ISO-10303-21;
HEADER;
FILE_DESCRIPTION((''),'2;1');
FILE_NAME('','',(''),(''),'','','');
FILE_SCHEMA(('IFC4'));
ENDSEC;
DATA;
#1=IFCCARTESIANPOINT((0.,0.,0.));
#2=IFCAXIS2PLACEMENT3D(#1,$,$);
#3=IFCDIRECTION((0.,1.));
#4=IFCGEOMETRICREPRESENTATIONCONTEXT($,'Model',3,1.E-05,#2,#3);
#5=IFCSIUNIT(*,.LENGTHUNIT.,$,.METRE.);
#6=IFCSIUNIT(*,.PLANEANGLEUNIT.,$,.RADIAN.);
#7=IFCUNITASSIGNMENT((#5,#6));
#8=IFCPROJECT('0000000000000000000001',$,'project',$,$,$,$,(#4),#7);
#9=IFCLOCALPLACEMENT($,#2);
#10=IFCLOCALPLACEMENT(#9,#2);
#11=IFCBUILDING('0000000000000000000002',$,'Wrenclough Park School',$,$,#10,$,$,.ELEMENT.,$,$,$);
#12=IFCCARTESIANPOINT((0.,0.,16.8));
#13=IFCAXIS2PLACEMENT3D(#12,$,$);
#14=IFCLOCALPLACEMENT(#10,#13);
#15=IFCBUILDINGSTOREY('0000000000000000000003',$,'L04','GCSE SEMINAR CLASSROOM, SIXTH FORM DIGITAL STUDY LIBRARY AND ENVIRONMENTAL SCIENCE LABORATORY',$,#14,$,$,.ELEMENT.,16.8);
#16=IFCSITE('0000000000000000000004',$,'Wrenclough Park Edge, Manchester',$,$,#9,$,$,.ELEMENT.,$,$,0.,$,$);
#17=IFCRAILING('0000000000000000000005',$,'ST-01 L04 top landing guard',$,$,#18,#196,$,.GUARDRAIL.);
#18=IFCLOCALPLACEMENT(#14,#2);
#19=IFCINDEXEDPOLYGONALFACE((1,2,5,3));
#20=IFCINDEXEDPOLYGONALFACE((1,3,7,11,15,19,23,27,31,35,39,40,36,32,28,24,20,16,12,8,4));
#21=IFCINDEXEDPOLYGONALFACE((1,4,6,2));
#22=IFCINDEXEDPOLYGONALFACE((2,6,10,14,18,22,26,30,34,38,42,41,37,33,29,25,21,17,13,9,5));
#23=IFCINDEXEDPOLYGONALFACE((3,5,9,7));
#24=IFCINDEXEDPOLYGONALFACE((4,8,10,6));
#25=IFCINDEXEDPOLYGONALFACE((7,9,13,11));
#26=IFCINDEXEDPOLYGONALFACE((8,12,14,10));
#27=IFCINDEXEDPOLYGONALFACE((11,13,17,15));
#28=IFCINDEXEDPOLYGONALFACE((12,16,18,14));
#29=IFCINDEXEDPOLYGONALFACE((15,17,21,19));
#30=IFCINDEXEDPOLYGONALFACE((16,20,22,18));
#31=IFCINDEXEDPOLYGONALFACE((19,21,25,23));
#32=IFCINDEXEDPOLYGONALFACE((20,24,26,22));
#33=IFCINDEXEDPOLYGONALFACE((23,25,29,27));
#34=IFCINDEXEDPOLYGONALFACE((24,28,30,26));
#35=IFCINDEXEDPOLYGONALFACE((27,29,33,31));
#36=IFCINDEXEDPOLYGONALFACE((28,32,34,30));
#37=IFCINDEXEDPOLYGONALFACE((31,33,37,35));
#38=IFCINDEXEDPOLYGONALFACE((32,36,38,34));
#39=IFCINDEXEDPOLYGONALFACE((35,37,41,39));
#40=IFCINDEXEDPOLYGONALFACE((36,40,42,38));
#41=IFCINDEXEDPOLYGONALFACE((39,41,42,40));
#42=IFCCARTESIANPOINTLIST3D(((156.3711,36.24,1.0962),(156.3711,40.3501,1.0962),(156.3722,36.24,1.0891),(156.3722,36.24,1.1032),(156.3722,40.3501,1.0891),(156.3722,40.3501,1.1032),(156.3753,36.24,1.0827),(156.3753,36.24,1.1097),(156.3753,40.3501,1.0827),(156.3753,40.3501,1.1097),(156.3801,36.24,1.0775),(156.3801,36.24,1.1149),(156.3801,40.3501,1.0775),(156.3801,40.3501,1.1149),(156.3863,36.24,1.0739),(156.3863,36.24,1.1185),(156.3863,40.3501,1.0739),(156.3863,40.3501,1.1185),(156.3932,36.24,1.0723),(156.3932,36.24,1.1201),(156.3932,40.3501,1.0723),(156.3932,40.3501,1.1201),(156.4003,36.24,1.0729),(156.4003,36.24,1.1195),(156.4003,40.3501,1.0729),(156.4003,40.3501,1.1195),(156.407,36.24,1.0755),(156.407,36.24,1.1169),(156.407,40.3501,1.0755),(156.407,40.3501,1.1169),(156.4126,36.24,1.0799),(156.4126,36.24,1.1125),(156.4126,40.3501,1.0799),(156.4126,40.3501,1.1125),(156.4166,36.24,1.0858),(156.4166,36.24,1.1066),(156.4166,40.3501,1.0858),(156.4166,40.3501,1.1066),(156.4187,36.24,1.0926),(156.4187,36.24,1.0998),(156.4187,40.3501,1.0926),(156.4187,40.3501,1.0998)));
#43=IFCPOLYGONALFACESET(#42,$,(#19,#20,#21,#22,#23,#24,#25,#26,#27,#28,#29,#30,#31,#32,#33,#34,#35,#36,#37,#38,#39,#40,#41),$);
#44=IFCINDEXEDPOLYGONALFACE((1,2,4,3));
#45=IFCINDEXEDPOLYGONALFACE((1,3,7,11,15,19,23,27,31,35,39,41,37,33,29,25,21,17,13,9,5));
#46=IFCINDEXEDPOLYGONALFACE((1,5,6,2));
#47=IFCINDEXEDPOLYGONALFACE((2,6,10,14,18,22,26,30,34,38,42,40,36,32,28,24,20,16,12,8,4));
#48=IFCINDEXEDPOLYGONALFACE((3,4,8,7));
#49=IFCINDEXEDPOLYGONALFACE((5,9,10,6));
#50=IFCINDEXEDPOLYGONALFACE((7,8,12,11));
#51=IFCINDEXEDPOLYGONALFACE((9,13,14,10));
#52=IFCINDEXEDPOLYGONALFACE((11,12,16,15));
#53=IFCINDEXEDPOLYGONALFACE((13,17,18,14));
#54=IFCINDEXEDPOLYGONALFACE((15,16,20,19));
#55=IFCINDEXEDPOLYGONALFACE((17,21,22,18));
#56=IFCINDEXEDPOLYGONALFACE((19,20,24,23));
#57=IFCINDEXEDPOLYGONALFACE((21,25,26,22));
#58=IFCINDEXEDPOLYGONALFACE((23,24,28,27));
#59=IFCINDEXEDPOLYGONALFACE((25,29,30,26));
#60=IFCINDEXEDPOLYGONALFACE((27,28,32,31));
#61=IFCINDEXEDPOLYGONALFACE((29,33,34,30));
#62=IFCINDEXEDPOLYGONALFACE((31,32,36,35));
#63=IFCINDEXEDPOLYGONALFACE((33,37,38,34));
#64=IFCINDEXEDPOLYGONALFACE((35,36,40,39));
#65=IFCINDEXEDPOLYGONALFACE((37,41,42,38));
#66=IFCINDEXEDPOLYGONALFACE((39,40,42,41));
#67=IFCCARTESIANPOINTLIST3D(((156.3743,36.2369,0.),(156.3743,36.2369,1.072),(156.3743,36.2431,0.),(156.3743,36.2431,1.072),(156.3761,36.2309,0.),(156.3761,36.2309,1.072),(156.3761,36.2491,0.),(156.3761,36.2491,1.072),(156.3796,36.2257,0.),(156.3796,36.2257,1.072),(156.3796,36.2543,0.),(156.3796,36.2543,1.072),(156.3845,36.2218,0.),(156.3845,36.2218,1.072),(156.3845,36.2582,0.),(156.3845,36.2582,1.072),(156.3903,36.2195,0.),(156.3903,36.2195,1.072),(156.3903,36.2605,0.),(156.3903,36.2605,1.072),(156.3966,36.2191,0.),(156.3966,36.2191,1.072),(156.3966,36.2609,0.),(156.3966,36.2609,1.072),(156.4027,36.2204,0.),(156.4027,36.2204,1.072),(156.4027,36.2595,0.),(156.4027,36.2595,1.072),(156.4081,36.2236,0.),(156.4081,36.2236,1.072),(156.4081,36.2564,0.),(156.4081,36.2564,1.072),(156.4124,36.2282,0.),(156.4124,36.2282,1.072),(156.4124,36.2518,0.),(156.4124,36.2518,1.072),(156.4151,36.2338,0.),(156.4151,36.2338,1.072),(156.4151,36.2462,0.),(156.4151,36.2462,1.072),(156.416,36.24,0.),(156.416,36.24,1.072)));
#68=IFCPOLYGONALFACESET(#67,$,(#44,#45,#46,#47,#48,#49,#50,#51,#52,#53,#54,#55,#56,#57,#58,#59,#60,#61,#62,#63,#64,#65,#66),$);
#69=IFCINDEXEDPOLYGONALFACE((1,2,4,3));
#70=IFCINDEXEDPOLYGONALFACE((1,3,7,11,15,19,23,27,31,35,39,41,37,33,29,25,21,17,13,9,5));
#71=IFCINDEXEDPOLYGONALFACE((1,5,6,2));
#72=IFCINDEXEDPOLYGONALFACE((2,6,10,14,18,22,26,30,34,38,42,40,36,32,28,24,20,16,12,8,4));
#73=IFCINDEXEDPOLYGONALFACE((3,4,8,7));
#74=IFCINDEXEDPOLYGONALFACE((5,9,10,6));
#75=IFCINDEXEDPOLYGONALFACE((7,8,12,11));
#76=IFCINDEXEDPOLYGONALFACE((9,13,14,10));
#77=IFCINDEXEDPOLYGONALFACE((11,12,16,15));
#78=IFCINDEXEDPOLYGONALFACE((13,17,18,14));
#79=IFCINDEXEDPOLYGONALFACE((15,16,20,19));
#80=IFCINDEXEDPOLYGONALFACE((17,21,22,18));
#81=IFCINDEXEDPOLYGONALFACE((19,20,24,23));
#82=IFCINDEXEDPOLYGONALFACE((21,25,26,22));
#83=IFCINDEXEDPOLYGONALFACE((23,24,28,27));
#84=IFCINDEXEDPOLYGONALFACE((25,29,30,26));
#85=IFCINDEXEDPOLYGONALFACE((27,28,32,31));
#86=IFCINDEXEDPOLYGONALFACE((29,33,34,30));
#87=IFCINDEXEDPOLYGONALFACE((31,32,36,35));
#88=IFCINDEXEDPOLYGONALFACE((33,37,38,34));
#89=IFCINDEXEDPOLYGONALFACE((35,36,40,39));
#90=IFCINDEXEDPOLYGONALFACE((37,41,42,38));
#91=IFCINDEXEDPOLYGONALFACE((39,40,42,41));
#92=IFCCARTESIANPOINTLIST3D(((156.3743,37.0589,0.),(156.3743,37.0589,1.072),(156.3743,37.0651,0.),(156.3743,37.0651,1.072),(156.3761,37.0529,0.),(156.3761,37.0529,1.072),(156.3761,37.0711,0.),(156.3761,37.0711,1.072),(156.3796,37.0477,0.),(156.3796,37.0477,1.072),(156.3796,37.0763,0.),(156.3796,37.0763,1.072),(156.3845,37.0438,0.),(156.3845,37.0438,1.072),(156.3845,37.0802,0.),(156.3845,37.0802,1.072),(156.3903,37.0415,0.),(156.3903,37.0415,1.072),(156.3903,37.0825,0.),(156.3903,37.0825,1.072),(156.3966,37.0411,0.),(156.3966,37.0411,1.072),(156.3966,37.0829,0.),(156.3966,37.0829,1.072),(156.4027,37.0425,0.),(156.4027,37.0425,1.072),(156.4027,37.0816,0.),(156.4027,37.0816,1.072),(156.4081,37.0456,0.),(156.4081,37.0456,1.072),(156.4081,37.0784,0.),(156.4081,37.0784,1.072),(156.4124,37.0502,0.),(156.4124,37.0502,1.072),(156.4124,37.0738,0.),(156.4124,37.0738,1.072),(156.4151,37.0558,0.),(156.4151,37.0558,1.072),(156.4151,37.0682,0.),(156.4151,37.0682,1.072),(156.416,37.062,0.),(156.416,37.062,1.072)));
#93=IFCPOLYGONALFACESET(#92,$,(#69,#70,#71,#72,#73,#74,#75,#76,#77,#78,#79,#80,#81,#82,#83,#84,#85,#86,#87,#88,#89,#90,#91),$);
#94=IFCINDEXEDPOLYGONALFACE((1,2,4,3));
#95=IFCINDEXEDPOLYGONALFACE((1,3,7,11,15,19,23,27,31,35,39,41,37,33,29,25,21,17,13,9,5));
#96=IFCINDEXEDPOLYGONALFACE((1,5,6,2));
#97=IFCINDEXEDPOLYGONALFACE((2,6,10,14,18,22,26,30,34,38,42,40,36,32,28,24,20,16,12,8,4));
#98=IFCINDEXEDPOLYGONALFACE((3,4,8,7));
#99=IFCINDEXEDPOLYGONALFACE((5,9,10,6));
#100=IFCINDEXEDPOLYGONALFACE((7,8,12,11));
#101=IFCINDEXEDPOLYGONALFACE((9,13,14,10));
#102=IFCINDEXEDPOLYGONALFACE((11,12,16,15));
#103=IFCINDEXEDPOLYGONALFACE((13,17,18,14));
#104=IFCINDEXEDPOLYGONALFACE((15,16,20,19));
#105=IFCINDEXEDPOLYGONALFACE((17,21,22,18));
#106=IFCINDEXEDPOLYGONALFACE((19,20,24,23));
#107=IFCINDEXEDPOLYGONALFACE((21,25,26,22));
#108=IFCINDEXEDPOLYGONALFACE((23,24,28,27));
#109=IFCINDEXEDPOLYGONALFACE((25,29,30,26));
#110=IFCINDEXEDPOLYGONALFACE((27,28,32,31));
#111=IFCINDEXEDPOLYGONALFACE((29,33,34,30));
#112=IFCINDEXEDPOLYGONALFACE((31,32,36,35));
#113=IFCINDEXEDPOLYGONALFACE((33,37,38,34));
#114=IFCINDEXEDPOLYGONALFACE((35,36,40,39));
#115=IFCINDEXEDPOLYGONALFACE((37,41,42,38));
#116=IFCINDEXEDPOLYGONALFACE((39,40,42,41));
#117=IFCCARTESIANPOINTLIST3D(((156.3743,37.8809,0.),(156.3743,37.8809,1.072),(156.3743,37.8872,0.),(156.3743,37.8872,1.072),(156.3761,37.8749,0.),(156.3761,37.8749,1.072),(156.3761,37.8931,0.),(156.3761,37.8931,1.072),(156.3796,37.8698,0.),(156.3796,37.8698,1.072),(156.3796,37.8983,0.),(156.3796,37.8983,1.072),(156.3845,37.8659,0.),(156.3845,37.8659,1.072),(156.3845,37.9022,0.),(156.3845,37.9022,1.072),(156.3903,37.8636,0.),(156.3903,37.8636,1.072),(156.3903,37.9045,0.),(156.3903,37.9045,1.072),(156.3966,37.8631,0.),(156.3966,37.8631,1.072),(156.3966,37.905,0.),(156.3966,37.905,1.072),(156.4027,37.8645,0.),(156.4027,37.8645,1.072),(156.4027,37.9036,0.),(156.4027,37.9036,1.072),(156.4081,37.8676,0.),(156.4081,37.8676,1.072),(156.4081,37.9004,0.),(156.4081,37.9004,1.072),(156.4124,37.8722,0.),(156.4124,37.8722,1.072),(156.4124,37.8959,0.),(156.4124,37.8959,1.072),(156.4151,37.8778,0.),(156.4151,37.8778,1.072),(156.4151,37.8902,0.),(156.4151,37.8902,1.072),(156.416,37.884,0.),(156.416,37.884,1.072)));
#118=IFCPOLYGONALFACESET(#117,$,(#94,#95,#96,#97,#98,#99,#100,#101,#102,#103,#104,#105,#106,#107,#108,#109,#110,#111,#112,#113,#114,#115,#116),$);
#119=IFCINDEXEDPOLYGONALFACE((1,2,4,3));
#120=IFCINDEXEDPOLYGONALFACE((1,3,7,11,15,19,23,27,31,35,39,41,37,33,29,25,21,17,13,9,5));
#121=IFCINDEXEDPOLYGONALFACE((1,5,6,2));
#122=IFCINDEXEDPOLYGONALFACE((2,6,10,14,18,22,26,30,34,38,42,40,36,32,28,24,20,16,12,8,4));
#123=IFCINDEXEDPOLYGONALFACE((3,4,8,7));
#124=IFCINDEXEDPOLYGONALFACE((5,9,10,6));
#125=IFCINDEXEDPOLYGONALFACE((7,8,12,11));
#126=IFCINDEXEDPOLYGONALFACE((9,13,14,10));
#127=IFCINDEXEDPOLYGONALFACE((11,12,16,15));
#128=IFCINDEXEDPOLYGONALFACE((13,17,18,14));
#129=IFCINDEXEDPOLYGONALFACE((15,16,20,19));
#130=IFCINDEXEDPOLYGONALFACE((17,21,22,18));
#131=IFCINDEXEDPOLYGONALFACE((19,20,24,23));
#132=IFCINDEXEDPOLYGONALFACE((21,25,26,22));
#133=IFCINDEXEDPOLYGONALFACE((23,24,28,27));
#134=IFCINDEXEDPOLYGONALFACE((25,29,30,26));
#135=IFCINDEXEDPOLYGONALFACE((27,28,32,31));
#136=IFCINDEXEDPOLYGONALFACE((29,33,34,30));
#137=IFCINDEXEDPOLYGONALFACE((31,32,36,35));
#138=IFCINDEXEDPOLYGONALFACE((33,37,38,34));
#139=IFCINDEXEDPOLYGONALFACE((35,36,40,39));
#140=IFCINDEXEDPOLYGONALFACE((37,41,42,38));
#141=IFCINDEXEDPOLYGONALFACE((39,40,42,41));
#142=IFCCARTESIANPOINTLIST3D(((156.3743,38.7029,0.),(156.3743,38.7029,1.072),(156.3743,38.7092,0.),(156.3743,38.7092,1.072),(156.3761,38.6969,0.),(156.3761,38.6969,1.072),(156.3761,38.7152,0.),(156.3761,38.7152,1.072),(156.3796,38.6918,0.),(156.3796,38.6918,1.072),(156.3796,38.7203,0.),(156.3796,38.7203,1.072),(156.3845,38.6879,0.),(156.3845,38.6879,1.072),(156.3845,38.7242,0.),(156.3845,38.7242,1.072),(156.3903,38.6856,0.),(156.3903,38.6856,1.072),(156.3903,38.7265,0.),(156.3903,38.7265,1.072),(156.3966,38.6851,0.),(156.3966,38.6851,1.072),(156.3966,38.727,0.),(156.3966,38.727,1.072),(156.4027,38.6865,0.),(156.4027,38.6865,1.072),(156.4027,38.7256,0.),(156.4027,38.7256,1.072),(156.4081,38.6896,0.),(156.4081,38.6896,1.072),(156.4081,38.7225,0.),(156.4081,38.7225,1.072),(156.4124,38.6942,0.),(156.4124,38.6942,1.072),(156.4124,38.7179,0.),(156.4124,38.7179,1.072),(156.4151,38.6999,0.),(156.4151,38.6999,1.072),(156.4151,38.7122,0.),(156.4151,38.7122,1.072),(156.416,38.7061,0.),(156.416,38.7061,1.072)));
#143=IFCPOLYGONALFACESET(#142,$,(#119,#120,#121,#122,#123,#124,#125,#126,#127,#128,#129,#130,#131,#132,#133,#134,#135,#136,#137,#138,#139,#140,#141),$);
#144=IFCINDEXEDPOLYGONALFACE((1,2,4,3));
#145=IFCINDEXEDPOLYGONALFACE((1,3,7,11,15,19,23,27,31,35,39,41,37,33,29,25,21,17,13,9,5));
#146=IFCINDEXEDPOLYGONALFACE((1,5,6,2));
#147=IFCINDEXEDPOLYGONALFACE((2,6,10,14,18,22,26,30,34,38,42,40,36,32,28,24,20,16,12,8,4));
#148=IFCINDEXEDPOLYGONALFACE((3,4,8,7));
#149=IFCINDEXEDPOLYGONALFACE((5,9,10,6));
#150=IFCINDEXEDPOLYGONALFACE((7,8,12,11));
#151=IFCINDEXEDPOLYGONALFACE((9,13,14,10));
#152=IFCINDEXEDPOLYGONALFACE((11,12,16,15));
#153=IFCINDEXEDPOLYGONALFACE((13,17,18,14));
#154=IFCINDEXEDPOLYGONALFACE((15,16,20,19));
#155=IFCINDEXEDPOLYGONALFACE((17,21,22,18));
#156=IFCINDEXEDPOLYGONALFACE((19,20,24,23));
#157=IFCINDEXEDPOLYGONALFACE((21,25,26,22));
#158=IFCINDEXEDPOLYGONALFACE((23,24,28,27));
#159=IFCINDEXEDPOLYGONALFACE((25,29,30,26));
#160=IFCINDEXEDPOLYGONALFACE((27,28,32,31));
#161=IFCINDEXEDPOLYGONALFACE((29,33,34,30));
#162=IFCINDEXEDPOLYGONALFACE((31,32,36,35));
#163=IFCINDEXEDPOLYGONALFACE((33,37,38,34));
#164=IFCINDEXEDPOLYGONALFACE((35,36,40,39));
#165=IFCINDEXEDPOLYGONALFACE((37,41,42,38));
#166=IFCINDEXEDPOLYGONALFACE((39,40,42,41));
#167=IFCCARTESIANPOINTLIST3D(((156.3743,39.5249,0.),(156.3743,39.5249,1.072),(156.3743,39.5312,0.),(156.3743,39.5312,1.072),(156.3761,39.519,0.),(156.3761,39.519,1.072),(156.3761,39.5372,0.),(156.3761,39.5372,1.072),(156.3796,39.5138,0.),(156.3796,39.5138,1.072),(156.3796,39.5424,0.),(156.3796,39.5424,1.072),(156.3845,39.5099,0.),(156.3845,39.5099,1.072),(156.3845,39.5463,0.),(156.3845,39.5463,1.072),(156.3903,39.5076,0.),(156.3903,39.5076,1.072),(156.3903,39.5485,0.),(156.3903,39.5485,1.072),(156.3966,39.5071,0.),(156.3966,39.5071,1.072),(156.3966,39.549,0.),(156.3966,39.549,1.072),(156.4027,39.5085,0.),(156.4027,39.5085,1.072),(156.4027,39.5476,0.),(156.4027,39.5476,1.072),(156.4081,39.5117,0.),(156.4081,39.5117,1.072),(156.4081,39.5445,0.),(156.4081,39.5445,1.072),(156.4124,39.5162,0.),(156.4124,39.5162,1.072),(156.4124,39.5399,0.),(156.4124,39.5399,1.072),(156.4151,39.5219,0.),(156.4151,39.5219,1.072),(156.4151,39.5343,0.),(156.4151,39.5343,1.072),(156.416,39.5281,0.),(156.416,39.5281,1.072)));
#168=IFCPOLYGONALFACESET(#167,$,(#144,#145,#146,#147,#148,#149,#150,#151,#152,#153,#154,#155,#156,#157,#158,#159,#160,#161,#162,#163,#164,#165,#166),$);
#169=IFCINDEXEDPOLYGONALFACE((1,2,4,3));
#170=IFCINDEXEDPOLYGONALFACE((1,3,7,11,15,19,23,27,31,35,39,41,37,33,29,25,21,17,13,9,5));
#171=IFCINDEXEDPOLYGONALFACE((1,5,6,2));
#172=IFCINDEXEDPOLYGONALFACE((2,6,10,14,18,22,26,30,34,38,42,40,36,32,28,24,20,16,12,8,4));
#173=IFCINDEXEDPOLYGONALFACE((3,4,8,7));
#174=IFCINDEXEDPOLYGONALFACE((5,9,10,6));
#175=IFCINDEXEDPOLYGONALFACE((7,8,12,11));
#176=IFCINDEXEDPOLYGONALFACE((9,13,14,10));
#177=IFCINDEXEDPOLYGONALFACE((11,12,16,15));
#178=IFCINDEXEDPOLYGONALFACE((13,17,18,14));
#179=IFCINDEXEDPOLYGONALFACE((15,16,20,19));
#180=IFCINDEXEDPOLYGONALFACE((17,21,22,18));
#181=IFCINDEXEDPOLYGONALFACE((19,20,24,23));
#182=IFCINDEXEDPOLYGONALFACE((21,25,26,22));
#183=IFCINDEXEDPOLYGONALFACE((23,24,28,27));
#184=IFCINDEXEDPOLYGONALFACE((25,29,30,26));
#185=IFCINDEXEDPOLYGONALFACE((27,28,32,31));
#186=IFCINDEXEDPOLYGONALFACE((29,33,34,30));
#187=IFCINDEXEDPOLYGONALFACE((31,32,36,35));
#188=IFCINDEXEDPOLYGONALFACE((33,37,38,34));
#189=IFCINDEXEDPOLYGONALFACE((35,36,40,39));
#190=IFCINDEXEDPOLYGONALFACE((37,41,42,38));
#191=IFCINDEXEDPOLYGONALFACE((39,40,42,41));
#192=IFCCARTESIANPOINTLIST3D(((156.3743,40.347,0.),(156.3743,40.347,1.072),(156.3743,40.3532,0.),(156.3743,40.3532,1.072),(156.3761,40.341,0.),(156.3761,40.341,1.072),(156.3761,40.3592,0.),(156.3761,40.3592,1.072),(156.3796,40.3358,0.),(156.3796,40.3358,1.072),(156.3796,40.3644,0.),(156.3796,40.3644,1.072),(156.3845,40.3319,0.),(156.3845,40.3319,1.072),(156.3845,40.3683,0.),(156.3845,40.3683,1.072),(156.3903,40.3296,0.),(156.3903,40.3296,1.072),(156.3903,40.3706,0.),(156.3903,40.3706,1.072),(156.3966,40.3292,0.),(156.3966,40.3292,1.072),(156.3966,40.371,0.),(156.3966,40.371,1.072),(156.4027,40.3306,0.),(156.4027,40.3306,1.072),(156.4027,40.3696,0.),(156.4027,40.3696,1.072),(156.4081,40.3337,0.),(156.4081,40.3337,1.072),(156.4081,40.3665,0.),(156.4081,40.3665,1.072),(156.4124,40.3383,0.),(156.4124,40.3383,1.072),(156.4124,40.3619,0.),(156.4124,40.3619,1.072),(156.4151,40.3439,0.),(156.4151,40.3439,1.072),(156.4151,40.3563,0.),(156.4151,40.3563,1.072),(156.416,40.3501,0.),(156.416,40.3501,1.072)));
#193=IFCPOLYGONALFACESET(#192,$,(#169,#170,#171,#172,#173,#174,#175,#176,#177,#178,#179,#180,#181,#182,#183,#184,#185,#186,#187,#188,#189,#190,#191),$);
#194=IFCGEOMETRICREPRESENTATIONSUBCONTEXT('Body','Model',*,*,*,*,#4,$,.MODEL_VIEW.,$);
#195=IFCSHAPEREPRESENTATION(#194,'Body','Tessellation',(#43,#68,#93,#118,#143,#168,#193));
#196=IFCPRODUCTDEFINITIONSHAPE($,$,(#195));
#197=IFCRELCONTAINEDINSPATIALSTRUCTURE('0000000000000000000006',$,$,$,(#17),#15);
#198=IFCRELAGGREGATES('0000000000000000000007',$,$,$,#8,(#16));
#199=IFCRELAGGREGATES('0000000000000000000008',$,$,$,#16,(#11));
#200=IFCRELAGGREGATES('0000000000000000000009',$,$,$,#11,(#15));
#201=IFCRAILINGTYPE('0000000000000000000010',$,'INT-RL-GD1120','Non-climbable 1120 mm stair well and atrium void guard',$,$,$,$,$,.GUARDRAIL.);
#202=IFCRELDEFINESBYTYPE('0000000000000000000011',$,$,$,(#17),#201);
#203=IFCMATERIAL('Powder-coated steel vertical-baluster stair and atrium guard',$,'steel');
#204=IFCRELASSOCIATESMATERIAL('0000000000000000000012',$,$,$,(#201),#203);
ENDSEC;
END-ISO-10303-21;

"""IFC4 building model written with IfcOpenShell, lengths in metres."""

from ifc_helpers import new_model, si_unit, direction, frame, origin, origin_2d, place, context, subcontext, project, spatial, circle, extrude, material, type_object, element, save


model = new_model("IFC4")

# Units and contexts
model_context = context("Model", 3, precision=1e-05, world=origin(), true_north=direction((0.0, 1.0)))
body_context = subcontext(model_context, "Body", "Model", "MODEL_VIEW")
ifc_project = project(units=[si_unit("LENGTHUNIT", "METRE"), si_unit("PLANEANGLEUNIT", "RADIAN")], contexts=[model_context])

# Site, building, storey
site_placement = place(None, origin())
site = spatial("IfcSite", under=ifc_project, at=site_placement, Name="Wrenclough Park Edge, Manchester", CompositionType="ELEMENT", RefElevation=0.0)
building_placement = place(site_placement, origin())
building = spatial("IfcBuilding", under=site, at=building_placement, Name="Wrenclough Park School", CompositionType="ELEMENT")
storey_placement = place(building_placement, frame((0.0, 0.0, 16.8)))
storey = spatial("IfcBuildingStorey", under=building, at=storey_placement, Name="L04", Description="GCSE SEMINAR CLASSROOM, SIXTH FORM DIGITAL STUDY LIBRARY AND ENVIRONMENTAL SCIENCE LABORATORY", CompositionType="ELEMENT", Elevation=16.8)

# Railing
ifc_material_1 = material(Name="Powder-coated steel vertical-baluster stair and atrium guard", Category="steel")
railing_type = type_object("IfcRailingType", Name="INT-RL-GD1120", Description="Non-climbable 1120 mm stair well and atrium void guard", PredefinedType="GUARDRAIL", material=ifc_material_1)
railing_placement = place(storey_placement, frame((156.395, 36.24, 0.0)))
element("IfcRailing", 1, at=railing_placement, inside=storey, type_object=railing_type, Name="ST-01 L04 top landing guard", PredefinedType="GUARDRAIL", context=body_context, shape_type="SweptSolid", body=[
    extrude(circle(Radius=0.0239, at=origin_2d()), frame((0.0, 0.0, 1.0962), z_axis=(0.0, 1.0, 0.0), x_axis=(-1.0, 0.0, 0.0)), (0.0, 0.0, 1.0), 4.1101),
    extrude(circle(Radius=0.021, at=origin_2d()), origin(), (0.0, 0.0, 1.0), 1.072),
    extrude(circle(Radius=0.021, at=origin_2d()), frame((0.0, 0.822, 0.0)), (0.0, 0.0, 1.0), 1.072),
    extrude(circle(Radius=0.021, at=origin_2d()), frame((0.0, 1.644, 0.0)), (0.0, 0.0, 1.0), 1.072),
    extrude(circle(Radius=0.021, at=origin_2d()), frame((0.0, 2.4661, 0.0)), (0.0, 0.0, 1.0), 1.072),
    extrude(circle(Radius=0.021, at=origin_2d()), frame((0.0, 3.2881, 0.0)), (0.0, 0.0, 1.0), 1.072),
    extrude(circle(Radius=0.021, at=origin_2d()), frame((0.0, 4.1101, 0.0)), (0.0, 0.0, 1.0), 1.072),
])

save(model, "model.ifc")
